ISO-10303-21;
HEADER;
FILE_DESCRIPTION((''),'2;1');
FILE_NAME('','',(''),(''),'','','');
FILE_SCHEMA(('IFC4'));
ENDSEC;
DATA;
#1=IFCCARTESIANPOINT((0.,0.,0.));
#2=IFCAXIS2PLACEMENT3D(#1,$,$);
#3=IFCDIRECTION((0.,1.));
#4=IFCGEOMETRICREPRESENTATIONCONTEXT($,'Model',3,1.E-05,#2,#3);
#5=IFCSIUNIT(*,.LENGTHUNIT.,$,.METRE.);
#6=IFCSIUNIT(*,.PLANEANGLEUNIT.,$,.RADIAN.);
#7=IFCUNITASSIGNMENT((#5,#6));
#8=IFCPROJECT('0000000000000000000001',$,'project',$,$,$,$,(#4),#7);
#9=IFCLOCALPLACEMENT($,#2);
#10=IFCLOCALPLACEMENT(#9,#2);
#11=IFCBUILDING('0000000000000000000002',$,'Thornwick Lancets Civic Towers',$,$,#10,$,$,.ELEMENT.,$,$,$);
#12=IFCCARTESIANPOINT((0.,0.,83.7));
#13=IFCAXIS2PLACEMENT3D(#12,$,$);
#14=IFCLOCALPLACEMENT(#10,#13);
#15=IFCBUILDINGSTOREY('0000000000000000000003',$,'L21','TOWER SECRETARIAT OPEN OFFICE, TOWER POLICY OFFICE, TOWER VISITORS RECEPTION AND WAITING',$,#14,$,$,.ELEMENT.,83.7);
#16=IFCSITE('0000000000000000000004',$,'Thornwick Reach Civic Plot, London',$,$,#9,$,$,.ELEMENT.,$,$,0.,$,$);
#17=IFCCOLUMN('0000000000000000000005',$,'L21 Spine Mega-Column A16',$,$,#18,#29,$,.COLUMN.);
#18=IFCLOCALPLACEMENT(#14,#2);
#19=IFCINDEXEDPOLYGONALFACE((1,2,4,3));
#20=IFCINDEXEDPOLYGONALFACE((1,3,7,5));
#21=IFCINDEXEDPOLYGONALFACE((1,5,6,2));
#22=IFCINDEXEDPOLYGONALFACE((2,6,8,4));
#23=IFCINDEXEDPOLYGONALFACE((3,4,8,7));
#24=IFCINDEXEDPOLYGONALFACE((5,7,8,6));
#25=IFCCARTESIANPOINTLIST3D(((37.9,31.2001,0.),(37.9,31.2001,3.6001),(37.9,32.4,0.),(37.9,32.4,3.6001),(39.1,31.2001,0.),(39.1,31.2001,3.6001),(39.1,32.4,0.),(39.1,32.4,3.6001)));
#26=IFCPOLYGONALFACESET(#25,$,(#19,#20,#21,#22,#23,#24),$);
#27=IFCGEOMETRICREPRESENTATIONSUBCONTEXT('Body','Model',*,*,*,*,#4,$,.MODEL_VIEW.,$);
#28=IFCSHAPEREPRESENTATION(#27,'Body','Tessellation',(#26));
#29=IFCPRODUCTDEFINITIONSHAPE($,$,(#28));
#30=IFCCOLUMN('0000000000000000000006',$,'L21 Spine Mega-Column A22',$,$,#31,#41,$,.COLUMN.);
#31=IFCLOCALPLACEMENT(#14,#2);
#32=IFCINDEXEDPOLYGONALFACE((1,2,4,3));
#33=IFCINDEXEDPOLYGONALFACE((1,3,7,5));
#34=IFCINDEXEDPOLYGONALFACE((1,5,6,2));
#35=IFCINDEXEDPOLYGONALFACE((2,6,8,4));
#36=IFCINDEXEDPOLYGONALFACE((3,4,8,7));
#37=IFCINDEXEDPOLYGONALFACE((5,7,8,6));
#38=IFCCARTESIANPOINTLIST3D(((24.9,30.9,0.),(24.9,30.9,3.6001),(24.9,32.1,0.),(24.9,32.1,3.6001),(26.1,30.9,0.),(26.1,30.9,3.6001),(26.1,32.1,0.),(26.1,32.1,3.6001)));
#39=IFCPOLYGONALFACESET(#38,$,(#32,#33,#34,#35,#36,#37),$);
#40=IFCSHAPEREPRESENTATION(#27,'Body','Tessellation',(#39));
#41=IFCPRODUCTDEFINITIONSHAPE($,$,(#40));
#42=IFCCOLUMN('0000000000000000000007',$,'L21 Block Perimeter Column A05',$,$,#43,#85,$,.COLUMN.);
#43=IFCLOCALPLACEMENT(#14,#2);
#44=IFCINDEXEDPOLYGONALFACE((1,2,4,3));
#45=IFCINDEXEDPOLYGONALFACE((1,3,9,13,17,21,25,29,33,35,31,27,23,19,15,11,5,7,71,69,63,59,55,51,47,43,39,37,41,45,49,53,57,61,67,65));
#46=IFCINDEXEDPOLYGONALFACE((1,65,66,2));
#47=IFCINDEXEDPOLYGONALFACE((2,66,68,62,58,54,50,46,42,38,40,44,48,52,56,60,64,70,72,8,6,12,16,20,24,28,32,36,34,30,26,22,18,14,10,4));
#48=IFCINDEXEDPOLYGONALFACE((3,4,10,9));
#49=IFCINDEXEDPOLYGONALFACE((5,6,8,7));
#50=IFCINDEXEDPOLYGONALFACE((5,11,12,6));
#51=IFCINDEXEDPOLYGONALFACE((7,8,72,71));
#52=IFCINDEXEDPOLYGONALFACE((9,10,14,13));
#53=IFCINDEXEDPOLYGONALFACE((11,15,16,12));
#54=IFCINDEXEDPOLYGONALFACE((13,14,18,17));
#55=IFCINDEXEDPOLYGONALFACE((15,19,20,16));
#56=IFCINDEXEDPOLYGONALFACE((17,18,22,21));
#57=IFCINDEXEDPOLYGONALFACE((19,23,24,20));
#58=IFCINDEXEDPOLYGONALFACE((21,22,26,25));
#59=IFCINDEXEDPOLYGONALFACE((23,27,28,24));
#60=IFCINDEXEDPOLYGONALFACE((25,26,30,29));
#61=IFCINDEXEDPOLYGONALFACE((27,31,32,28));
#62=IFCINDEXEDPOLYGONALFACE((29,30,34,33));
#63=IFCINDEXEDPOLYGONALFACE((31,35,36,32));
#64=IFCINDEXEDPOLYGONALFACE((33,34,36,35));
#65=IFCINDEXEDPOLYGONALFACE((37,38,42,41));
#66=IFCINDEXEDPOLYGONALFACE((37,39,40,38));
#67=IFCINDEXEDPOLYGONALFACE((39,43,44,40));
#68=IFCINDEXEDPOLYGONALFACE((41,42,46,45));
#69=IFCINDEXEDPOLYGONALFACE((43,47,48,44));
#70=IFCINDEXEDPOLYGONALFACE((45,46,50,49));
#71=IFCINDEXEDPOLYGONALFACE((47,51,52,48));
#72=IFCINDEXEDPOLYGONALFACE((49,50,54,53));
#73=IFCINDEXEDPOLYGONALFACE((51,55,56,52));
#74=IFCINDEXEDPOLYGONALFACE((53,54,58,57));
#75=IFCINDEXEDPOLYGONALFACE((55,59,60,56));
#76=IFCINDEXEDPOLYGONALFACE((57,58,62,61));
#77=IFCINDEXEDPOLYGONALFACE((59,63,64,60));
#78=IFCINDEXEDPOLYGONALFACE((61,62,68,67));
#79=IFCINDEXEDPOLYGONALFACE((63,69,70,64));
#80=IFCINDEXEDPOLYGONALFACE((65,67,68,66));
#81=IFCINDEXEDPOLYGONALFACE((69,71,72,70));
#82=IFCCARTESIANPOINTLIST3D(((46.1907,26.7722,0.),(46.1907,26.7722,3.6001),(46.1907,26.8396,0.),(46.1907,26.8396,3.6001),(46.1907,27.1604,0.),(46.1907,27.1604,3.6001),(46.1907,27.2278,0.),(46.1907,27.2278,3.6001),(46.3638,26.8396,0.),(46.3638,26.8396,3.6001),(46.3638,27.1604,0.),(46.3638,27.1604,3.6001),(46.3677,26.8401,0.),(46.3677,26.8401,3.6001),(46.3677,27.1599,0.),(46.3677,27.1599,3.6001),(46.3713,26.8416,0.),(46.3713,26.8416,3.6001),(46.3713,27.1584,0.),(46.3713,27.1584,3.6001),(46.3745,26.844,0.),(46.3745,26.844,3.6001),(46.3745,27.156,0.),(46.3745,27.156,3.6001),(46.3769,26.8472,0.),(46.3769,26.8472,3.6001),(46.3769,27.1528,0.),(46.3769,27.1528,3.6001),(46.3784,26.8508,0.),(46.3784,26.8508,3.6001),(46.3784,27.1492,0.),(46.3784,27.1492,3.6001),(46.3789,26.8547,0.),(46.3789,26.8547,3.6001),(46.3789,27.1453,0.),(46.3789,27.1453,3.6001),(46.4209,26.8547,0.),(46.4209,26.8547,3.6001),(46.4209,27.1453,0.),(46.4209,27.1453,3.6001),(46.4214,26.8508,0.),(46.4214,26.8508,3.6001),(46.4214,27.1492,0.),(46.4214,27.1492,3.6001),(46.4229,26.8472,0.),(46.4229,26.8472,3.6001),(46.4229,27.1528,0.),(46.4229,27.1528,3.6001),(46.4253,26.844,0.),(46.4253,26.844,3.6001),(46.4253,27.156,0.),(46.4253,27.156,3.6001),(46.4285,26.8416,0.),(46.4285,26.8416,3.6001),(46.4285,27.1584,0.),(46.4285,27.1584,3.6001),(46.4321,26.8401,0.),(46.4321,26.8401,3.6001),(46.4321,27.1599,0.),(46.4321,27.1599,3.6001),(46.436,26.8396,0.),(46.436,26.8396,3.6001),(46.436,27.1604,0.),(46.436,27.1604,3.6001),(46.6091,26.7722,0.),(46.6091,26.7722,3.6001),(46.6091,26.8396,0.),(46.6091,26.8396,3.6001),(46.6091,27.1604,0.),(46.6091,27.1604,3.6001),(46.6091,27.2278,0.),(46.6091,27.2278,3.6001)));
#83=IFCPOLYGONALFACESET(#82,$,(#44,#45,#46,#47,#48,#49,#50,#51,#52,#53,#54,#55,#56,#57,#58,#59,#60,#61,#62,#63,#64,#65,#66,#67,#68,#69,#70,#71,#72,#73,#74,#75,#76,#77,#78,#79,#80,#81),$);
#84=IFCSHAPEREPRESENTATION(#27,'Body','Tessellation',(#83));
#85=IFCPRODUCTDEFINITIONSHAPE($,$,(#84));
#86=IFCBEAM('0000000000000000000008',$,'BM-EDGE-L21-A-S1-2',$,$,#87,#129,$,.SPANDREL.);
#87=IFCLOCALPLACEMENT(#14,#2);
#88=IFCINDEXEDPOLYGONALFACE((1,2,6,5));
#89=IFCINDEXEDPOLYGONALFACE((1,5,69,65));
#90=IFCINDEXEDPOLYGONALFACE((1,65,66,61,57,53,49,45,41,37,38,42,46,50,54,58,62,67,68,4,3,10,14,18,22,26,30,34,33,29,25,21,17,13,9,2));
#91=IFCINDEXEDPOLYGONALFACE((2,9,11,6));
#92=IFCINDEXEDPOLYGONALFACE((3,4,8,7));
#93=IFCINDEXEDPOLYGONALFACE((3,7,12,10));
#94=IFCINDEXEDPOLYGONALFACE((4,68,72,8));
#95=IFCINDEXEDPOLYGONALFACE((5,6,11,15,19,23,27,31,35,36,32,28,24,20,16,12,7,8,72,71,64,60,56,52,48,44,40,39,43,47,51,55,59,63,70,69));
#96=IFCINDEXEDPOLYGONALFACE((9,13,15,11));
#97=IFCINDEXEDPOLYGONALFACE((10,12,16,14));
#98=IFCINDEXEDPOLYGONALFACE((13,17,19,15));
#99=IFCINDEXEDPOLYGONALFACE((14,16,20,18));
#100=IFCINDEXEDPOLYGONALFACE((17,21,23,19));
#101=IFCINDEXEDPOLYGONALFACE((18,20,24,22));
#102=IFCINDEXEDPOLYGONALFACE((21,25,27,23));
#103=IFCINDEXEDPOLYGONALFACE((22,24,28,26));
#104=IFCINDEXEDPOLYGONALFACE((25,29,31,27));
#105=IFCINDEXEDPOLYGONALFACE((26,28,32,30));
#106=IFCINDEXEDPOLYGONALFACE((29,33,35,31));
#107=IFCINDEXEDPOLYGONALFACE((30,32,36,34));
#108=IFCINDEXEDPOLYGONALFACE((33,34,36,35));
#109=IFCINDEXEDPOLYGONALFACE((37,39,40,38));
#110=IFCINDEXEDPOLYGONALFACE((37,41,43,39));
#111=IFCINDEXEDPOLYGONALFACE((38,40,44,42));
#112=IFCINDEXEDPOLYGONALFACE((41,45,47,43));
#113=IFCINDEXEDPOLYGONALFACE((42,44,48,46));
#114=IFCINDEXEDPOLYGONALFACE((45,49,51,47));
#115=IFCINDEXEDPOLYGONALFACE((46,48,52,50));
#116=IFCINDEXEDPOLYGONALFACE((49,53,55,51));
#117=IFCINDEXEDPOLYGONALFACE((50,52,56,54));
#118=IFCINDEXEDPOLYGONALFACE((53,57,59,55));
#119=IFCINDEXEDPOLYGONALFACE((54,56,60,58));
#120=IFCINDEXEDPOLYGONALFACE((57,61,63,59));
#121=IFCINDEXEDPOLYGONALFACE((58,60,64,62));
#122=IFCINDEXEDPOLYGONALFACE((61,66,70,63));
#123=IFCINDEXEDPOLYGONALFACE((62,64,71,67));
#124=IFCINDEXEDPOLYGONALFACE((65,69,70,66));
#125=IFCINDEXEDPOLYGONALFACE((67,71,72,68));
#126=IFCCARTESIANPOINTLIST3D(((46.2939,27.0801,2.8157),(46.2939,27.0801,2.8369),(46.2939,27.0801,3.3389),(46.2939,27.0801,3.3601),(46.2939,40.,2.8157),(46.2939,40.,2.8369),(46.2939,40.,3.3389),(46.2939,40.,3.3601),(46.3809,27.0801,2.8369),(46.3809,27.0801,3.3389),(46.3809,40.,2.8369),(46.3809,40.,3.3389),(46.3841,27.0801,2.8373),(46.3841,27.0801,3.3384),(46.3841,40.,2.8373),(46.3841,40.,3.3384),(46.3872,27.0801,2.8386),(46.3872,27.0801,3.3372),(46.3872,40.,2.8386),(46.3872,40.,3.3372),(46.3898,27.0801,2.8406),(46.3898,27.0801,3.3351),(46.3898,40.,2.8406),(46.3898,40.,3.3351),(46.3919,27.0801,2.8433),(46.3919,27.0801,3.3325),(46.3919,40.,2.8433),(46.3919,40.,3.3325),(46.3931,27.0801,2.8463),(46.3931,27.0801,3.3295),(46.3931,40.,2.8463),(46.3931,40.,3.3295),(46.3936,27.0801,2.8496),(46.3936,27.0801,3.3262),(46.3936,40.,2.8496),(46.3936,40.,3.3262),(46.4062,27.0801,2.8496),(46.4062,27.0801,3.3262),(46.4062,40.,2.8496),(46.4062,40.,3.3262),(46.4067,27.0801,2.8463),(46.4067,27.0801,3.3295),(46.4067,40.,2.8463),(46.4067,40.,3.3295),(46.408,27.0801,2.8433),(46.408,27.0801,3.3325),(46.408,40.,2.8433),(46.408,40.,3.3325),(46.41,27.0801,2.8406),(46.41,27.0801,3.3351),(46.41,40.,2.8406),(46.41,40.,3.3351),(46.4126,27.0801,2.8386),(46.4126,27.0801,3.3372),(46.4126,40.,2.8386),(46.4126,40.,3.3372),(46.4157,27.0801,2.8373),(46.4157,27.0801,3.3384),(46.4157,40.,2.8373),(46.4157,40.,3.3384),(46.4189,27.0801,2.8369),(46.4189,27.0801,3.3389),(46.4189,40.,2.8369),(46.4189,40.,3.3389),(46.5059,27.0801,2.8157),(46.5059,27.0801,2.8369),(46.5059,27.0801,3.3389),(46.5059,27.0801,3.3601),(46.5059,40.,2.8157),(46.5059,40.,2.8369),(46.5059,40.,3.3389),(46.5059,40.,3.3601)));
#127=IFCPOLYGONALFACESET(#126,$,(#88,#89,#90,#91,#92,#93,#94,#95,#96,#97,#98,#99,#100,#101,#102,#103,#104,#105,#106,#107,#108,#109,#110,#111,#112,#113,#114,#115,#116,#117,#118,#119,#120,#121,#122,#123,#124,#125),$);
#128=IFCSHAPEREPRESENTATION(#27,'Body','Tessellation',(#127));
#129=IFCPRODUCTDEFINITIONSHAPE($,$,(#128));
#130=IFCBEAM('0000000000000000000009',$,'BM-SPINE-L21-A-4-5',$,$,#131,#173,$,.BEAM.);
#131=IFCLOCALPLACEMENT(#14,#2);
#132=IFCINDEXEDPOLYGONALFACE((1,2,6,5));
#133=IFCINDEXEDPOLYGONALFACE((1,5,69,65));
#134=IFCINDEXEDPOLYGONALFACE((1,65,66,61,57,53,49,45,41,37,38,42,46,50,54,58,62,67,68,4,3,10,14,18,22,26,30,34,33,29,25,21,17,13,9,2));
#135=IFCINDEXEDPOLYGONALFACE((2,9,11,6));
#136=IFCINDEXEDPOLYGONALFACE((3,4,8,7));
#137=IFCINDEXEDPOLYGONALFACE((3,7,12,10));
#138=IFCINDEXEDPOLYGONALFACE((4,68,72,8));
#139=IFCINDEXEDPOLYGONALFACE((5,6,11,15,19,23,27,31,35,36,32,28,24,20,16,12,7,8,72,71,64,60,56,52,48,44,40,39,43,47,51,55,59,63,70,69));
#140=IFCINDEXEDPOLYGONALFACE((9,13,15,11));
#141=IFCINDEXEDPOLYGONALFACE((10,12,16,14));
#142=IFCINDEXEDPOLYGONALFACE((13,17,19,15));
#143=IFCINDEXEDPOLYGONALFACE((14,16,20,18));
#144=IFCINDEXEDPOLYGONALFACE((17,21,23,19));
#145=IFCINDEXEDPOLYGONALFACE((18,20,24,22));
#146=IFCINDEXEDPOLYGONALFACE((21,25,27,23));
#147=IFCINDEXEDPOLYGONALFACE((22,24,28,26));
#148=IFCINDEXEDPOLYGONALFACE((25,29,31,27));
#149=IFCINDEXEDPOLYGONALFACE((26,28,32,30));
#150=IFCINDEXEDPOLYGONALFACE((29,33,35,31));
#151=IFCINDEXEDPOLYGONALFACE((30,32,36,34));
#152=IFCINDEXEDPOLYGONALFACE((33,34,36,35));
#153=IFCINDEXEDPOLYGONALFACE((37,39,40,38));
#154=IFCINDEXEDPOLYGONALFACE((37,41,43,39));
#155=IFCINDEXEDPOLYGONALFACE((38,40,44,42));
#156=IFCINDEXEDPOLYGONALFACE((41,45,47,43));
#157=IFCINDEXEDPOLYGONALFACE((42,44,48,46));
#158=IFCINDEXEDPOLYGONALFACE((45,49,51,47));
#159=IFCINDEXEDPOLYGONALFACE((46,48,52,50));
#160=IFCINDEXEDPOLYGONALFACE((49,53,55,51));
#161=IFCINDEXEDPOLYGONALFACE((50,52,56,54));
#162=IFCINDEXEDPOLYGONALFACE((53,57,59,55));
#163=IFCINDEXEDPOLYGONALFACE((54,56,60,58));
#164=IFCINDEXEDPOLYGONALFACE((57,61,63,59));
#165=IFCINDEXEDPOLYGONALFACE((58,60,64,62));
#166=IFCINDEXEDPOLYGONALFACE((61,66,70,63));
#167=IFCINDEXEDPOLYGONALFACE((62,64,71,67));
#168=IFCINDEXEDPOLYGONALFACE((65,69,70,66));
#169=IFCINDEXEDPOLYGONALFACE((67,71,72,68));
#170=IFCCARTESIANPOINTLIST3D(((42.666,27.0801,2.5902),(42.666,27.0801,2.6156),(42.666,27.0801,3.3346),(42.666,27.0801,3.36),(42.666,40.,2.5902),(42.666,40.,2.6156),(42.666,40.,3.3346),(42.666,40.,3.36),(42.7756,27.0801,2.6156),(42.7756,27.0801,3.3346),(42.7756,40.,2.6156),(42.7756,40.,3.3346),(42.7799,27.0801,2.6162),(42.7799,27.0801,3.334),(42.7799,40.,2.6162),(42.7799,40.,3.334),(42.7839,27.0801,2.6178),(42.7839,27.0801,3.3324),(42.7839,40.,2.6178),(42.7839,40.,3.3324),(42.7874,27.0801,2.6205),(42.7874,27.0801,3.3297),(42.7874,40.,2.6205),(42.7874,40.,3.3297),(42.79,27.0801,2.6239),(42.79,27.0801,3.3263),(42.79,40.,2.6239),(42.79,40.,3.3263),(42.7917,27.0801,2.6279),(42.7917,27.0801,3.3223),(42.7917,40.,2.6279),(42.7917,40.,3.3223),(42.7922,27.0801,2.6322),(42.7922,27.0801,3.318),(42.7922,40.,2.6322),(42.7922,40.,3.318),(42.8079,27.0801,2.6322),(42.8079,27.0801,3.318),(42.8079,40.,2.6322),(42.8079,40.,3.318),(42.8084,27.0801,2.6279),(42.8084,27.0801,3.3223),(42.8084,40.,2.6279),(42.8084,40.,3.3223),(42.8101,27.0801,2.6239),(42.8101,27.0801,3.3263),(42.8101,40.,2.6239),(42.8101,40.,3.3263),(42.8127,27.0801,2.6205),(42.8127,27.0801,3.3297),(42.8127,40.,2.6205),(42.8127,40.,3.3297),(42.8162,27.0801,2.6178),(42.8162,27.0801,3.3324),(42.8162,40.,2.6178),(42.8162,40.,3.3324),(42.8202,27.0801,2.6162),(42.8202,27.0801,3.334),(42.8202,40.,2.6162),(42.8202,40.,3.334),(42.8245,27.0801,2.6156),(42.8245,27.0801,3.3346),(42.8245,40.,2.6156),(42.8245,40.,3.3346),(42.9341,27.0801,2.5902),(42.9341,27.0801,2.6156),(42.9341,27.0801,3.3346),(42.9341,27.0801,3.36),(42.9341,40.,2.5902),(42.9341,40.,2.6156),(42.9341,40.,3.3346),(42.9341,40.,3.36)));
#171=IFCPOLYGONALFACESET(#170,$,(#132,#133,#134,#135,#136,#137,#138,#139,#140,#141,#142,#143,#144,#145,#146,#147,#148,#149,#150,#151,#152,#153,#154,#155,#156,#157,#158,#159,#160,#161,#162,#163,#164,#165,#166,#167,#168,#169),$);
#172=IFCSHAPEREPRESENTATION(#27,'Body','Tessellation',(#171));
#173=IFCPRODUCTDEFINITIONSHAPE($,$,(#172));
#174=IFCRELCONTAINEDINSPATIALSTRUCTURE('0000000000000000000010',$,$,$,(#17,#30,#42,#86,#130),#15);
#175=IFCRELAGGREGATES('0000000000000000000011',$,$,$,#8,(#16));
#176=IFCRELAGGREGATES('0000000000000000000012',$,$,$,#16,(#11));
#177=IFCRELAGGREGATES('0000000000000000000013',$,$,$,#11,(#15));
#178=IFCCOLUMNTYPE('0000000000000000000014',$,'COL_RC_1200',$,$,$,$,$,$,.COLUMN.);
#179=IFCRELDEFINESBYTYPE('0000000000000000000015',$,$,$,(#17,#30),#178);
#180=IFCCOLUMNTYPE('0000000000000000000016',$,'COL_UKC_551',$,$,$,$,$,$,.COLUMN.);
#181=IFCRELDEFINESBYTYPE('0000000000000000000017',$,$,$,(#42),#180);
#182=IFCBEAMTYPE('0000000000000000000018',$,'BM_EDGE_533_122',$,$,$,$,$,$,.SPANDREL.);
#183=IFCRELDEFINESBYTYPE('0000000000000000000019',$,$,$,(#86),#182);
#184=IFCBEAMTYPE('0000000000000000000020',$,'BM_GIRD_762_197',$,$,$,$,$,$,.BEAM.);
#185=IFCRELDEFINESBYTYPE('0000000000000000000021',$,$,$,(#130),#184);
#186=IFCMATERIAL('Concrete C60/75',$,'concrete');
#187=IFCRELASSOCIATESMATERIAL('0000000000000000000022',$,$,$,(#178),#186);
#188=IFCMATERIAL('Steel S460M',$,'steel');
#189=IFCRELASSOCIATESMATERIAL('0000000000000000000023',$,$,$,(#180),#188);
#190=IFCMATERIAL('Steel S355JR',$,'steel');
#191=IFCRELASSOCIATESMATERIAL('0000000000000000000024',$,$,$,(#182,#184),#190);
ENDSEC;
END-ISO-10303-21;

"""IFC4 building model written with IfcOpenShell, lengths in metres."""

from ifc_helpers import new_model, si_unit, direction, frame, origin, origin_2d, place, context, subcontext, project, spatial, rectangle, i_section, extrude, material, material_profile, profile_set, type_object, element, save


model = new_model("IFC4")

# Units and contexts
model_context = context("Model", 3, precision=1e-05, world=origin(), true_north=direction((0.0, 1.0)))
body_context = subcontext(model_context, "Body", "Model", "MODEL_VIEW")
ifc_project = project(units=[si_unit("LENGTHUNIT", "METRE"), si_unit("PLANEANGLEUNIT", "RADIAN")], contexts=[model_context])

# Site, building, storey
site_placement = place(None, origin())
site = spatial("IfcSite", under=ifc_project, at=site_placement, Name="Thornwick Reach Civic Plot, London", CompositionType="ELEMENT", RefElevation=0.0)
building_placement = place(site_placement, origin())
building = spatial("IfcBuilding", under=site, at=building_placement, Name="Thornwick Lancets Civic Towers", CompositionType="ELEMENT")
storey_placement = place(building_placement, frame((0.0, 0.0, 83.7)))
storey = spatial("IfcBuildingStorey", under=building, at=storey_placement, Name="L21", Description="TOWER SECRETARIAT OPEN OFFICE, TOWER POLICY OFFICE, TOWER VISITORS RECEPTION AND WAITING", CompositionType="ELEMENT", Elevation=83.7)

# Columns
ifc_material_1 = material(Name="Concrete C60/75", Category="concrete")
ifc_material_profile_1 = material_profile(ifc_material_1, rectangle(XDim=1.2, YDim=1.2, at=origin_2d()), Name="RC 1200x1200")
ifc_profile_set_1 = profile_set([ifc_material_profile_1], Name="Concrete C60/75")
column_type_1 = type_object("IfcColumnType", Name="COL_RC_1200", PredefinedType="COLUMN", material=ifc_profile_set_1)
for number, where, z_axis, x_axis, name in (
    (1, (38.5, 31.8, 0.0), (0.0, 0.0, 1.0), (1.0, 0.0, 0.0), "L21 Spine Mega-Column A16"),
    (2, (25.5, 31.5, 0.0), (0.0, 0.0, 1.0), (1.0, 0.0, 0.0), "L21 Spine Mega-Column A22"),
):
    element("IfcColumn", number, at=place(storey_placement, frame(where, z_axis=z_axis, x_axis=x_axis)), inside=storey, type_object=column_type_1, Name=name, PredefinedType="COLUMN", context=body_context, shape_type="SweptSolid", body=[
        extrude(rectangle(XDim=1.2, YDim=1.2, at=origin_2d()), origin(), (0.0, 0.0, 1.0), 3.6001),
    ])
ifc_material_2 = material(Name="Steel S460M", Category="steel")
ifc_material_profile_2 = material_profile(ifc_material_2, i_section(OverallWidth=0.4185, OverallDepth=0.4556, WebThickness=0.042, FlangeThickness=0.0674, FilletRadius=0.0151, at=origin_2d()), Name="UKC 356x406x551")
ifc_profile_set_2 = profile_set([ifc_material_profile_2], Name="Steel S460M")
column_type_2 = type_object("IfcColumnType", Name="COL_UKC_551", PredefinedType="COLUMN", material=ifc_profile_set_2)
column_placement = place(storey_placement, frame((46.3999, 27.0, 0.0), z_axis=(0.0, 0.0, 1.0), x_axis=(1.0, 0.0, 0.0)))
element("IfcColumn", 3, at=column_placement, inside=storey, type_object=column_type_2, Name="L21 Block Perimeter Column A05", PredefinedType="COLUMN", context=body_context, shape_type="SweptSolid", body=[
    extrude(i_section(OverallWidth=0.4185, OverallDepth=0.4556, WebThickness=0.042, FlangeThickness=0.0674, FilletRadius=0.0151, at=origin_2d()), origin(), (0.0, 0.0, 1.0), 3.6001),
])

# Beams
ifc_material_3 = material(Name="Steel S355JR", Category="steel")
ifc_material_profile_3 = material_profile(ifc_material_3, i_section(OverallWidth=0.2119, OverallDepth=0.5444, WebThickness=0.0127, FlangeThickness=0.0212, FilletRadius=0.0127, at=origin_2d()), Name="UKB 533x210x122")
ifc_profile_set_3 = profile_set([ifc_material_profile_3], Name="Steel S355JR")
beam_type_1 = type_object("IfcBeamType", Name="BM_EDGE_533_122", PredefinedType="SPANDREL", material=ifc_profile_set_3)
beam_1_placement = place(storey_placement, frame((46.3999, 27.0801, 3.0879), z_axis=(0.0, 1.0, 0.0), x_axis=(-1.0, 0.0, 0.0)))
element("IfcBeam", 4, at=beam_1_placement, inside=storey, type_object=beam_type_1, Name="BM-EDGE-L21-A-S1-2", PredefinedType="SPANDREL", context=body_context, shape_type="SweptSolid", body=[
    extrude(i_section(OverallWidth=0.2119, OverallDepth=0.5444, WebThickness=0.0127, FlangeThickness=0.0212, FilletRadius=0.0127, at=origin_2d()), origin(), (0.0, 0.0, 1.0), 12.9199),
])
ifc_material_profile_4 = material_profile(ifc_material_3, i_section(OverallWidth=0.2681, OverallDepth=0.7698, WebThickness=0.0156, FlangeThickness=0.0254, FilletRadius=0.0166, at=origin_2d()), Name="UKB 762x267x197")
ifc_profile_set_4 = profile_set([ifc_material_profile_4], Name="Steel S355JR")
beam_type_2 = type_object("IfcBeamType", Name="BM_GIRD_762_197", PredefinedType="BEAM", material=ifc_profile_set_4)
beam_2_placement = place(storey_placement, frame((42.8, 27.0801, 2.9751), z_axis=(0.0, 1.0, 0.0), x_axis=(-1.0, 0.0, 0.0)))
element("IfcBeam", 5, at=beam_2_placement, inside=storey, type_object=beam_type_2, Name="BM-SPINE-L21-A-4-5", PredefinedType="BEAM", context=body_context, shape_type="SweptSolid", body=[
    extrude(i_section(OverallWidth=0.2681, OverallDepth=0.7698, WebThickness=0.0156, FlangeThickness=0.0254, FilletRadius=0.0166, at=origin_2d()), origin(), (0.0, 0.0, 1.0), 12.9199),
])

save(model, "model.ifc")
